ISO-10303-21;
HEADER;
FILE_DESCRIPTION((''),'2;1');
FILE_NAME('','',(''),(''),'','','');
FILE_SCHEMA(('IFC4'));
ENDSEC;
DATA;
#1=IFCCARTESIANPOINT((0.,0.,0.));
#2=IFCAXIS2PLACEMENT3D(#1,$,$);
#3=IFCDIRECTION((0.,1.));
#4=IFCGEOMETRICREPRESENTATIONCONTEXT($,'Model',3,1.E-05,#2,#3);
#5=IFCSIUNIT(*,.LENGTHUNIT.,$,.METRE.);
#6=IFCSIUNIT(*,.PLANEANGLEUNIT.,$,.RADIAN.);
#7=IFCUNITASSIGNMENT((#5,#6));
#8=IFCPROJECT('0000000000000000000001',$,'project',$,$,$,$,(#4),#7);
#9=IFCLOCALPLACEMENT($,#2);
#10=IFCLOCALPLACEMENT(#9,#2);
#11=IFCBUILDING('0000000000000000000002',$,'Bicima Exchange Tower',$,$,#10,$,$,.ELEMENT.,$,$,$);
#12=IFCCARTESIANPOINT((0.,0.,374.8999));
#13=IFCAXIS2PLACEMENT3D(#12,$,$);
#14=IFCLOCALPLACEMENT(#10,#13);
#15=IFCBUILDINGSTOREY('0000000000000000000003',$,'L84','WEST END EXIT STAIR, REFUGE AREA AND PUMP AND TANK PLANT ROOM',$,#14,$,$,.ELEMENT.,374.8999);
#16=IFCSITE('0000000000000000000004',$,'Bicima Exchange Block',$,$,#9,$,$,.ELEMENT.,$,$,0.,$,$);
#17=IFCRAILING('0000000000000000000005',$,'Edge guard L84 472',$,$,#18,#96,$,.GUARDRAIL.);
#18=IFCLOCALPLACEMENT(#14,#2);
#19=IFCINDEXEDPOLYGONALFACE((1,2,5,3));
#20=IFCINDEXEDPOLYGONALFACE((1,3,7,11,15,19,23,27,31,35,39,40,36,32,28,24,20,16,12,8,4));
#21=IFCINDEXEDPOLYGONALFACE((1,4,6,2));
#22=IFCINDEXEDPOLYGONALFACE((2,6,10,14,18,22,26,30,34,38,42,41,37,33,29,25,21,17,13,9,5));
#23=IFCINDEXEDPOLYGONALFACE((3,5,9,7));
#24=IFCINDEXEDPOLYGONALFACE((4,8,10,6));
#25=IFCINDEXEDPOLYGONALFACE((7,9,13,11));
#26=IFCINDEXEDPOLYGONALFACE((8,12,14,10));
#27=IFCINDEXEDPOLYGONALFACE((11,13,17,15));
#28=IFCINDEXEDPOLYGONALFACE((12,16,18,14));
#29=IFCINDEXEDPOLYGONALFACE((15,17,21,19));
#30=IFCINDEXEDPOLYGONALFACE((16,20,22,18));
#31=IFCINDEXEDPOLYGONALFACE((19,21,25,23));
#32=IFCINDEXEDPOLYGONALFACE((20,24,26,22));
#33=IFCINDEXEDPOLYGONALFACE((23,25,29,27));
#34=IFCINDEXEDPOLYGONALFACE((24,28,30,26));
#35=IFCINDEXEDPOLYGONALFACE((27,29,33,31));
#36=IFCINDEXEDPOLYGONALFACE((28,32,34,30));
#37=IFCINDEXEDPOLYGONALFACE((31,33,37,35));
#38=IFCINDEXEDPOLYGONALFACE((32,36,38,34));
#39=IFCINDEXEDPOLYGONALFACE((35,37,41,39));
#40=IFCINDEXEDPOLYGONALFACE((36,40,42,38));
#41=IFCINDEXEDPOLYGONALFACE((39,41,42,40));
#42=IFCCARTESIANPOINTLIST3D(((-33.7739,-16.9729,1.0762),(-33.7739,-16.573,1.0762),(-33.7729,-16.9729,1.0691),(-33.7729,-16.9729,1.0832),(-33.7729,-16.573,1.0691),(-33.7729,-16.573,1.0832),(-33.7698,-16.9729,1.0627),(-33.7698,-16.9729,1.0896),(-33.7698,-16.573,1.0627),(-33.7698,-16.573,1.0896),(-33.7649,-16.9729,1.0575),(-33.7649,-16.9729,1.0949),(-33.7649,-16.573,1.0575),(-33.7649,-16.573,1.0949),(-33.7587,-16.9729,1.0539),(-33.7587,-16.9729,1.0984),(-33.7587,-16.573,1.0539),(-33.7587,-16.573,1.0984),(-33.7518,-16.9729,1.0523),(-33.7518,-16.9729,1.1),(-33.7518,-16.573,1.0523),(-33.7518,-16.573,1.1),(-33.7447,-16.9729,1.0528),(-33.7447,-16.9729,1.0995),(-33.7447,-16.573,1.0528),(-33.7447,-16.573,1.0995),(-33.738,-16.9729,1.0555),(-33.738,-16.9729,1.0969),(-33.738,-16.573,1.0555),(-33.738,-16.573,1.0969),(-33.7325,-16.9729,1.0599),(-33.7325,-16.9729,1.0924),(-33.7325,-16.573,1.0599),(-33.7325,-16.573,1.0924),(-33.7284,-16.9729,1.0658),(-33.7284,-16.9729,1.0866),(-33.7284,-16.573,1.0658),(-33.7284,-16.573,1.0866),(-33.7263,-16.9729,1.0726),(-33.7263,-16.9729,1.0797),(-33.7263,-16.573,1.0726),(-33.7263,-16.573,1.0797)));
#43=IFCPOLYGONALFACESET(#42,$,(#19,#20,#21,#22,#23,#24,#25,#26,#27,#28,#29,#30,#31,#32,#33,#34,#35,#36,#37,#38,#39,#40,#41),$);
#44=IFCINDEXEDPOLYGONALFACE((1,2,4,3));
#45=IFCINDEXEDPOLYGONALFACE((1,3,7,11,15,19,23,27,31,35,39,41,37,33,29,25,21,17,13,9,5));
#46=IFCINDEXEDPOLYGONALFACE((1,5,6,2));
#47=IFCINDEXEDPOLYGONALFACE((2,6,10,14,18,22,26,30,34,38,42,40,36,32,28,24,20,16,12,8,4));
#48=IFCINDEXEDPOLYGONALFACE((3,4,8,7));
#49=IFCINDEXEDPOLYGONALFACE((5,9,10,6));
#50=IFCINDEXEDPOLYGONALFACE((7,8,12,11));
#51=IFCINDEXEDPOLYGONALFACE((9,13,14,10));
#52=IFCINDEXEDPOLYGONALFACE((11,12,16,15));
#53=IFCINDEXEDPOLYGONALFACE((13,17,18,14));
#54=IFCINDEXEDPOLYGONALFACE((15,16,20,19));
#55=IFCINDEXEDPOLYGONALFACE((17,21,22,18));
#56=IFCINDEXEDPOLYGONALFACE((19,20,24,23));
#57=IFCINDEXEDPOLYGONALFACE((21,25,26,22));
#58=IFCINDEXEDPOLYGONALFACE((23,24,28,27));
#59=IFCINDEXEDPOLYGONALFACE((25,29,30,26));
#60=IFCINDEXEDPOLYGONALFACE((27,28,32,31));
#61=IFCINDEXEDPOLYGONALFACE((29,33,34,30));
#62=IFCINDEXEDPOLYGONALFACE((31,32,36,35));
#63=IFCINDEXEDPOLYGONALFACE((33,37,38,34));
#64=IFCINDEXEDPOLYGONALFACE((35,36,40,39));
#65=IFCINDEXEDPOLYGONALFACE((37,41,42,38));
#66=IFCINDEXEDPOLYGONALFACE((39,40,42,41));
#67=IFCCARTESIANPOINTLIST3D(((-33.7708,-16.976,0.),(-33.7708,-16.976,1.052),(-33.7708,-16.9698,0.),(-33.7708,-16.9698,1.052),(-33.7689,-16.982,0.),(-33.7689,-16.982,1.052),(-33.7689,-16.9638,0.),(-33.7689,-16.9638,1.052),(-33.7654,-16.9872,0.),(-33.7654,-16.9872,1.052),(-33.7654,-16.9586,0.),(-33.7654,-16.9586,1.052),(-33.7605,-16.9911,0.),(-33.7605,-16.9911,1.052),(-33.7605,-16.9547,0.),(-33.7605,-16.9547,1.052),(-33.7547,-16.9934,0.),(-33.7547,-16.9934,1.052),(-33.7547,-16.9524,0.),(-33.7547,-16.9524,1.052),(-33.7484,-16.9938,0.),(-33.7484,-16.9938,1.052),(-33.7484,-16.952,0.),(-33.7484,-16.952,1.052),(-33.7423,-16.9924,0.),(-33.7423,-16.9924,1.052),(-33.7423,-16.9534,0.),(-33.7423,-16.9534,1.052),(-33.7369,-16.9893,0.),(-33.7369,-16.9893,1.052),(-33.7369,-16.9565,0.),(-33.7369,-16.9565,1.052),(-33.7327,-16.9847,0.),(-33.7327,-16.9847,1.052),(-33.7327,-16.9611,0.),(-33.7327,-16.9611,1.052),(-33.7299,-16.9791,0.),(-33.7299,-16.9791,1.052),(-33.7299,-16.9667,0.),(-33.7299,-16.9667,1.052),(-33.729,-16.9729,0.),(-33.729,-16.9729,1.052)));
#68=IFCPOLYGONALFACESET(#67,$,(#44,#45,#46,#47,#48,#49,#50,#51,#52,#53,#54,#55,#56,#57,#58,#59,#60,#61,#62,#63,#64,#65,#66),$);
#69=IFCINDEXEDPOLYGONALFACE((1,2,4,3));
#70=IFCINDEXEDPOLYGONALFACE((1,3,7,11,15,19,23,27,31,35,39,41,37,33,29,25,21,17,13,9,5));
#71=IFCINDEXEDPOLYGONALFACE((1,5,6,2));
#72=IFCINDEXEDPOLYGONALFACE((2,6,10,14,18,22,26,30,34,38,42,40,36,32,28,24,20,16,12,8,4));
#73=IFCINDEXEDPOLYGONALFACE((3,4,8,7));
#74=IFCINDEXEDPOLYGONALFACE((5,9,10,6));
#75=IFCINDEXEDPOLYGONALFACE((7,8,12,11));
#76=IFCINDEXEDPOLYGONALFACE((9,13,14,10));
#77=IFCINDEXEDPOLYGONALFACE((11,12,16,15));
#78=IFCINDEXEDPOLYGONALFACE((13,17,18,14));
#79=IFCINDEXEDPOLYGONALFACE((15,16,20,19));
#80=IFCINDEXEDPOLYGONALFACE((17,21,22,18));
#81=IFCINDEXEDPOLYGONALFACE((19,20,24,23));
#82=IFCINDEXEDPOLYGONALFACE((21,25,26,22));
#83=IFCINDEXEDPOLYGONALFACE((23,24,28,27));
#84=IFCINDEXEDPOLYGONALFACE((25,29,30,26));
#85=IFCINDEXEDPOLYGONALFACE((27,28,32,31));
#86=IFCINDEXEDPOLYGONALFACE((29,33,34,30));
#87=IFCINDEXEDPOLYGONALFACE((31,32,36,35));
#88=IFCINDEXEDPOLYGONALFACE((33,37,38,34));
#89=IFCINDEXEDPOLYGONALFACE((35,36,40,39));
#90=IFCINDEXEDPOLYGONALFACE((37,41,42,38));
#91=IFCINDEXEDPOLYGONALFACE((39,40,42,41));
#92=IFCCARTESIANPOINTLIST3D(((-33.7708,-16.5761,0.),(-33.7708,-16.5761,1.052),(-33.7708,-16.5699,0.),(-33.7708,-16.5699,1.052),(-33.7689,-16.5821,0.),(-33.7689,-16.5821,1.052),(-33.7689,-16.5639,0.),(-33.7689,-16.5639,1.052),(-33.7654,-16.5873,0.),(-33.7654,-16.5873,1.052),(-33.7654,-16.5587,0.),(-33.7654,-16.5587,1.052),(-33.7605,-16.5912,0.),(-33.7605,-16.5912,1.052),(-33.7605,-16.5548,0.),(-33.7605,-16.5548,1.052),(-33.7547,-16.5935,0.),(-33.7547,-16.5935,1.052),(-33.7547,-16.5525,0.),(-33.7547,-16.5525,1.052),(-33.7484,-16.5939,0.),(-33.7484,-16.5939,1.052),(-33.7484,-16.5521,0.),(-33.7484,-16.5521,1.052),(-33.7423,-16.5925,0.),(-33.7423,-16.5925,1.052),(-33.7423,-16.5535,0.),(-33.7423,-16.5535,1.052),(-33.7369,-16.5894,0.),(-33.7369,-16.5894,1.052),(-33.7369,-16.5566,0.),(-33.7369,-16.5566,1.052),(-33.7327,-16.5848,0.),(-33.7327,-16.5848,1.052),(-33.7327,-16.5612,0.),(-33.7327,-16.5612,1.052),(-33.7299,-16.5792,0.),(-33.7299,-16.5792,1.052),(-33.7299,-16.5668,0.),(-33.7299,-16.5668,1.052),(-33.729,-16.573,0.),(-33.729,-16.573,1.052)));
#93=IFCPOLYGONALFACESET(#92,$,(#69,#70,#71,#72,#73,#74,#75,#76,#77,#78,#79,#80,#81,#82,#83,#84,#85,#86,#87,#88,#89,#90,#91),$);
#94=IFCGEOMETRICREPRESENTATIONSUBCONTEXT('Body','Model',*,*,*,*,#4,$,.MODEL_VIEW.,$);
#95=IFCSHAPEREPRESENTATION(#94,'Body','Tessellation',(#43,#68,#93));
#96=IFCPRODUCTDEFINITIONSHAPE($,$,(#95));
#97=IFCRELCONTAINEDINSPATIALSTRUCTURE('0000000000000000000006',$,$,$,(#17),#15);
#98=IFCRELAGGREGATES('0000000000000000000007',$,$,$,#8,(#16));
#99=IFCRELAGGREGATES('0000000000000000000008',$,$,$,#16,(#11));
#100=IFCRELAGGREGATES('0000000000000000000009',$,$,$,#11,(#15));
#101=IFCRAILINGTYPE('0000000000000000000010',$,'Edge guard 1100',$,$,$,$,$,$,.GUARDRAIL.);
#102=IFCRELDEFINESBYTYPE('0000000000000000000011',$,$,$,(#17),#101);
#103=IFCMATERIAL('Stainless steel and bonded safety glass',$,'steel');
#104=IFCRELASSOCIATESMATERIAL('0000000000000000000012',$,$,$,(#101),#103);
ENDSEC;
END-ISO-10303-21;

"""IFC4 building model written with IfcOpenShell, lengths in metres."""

from ifc_helpers import new_model, si_unit, direction, frame, origin, origin_2d, place, context, subcontext, project, spatial, circle, extrude, material, type_object, element, save


model = new_model("IFC4")

# Units and contexts
model_context = context("Model", 3, precision=1e-05, world=origin(), true_north=direction((0.0, 1.0)))
body_context = subcontext(model_context, "Body", "Model", "MODEL_VIEW")
ifc_project = project(units=[si_unit("LENGTHUNIT", "METRE"), si_unit("PLANEANGLEUNIT", "RADIAN")], contexts=[model_context])

# Site, building, storey
site_placement = place(None, origin())
site = spatial("IfcSite", under=ifc_project, at=site_placement, Name="Bicima Exchange Block", CompositionType="ELEMENT", RefElevation=0.0)
building_placement = place(site_placement, origin())
building = spatial("IfcBuilding", under=site, at=building_placement, Name="Bicima Exchange Tower", CompositionType="ELEMENT")
storey_placement = place(building_placement, frame((0.0, 0.0, 374.8999)))
storey = spatial("IfcBuildingStorey", under=building, at=storey_placement, Name="L84", Description="WEST END EXIT STAIR, REFUGE AREA AND PUMP AND TANK PLANT ROOM", CompositionType="ELEMENT", Elevation=374.8999)

# Railing
ifc_material_1 = material(Name="Stainless steel and bonded safety glass", Category="steel")
railing_type = type_object("IfcRailingType", Name="Edge guard 1100", PredefinedType="GUARDRAIL", material=ifc_material_1)
railing_1_placement = place(storey_placement, frame((-33.75, -16.9729, 0.0)))
element("IfcRailing", 1, at=railing_1_placement, inside=storey, type_object=railing_type, Name="Edge guard L84 472", PredefinedType="GUARDRAIL", context=body_context, shape_type="SweptSolid", body=[
    extrude(circle(Radius=0.0239, at=origin_2d()), frame((0.0, 0.0, 1.0762), z_axis=(0.0, 1.0, 0.0), x_axis=(-1.0, 0.0, 0.0)), (0.0, 0.0, 1.0), 0.3999),
    extrude(circle(Radius=0.021, at=origin_2d()), origin(), (0.0, 0.0, 1.0), 1.052),
    extrude(circle(Radius=0.021, at=origin_2d()), frame((0.0, 0.3999, 0.0)), (0.0, 0.0, 1.0), 1.052),
])

save(model, "model.ifc")
